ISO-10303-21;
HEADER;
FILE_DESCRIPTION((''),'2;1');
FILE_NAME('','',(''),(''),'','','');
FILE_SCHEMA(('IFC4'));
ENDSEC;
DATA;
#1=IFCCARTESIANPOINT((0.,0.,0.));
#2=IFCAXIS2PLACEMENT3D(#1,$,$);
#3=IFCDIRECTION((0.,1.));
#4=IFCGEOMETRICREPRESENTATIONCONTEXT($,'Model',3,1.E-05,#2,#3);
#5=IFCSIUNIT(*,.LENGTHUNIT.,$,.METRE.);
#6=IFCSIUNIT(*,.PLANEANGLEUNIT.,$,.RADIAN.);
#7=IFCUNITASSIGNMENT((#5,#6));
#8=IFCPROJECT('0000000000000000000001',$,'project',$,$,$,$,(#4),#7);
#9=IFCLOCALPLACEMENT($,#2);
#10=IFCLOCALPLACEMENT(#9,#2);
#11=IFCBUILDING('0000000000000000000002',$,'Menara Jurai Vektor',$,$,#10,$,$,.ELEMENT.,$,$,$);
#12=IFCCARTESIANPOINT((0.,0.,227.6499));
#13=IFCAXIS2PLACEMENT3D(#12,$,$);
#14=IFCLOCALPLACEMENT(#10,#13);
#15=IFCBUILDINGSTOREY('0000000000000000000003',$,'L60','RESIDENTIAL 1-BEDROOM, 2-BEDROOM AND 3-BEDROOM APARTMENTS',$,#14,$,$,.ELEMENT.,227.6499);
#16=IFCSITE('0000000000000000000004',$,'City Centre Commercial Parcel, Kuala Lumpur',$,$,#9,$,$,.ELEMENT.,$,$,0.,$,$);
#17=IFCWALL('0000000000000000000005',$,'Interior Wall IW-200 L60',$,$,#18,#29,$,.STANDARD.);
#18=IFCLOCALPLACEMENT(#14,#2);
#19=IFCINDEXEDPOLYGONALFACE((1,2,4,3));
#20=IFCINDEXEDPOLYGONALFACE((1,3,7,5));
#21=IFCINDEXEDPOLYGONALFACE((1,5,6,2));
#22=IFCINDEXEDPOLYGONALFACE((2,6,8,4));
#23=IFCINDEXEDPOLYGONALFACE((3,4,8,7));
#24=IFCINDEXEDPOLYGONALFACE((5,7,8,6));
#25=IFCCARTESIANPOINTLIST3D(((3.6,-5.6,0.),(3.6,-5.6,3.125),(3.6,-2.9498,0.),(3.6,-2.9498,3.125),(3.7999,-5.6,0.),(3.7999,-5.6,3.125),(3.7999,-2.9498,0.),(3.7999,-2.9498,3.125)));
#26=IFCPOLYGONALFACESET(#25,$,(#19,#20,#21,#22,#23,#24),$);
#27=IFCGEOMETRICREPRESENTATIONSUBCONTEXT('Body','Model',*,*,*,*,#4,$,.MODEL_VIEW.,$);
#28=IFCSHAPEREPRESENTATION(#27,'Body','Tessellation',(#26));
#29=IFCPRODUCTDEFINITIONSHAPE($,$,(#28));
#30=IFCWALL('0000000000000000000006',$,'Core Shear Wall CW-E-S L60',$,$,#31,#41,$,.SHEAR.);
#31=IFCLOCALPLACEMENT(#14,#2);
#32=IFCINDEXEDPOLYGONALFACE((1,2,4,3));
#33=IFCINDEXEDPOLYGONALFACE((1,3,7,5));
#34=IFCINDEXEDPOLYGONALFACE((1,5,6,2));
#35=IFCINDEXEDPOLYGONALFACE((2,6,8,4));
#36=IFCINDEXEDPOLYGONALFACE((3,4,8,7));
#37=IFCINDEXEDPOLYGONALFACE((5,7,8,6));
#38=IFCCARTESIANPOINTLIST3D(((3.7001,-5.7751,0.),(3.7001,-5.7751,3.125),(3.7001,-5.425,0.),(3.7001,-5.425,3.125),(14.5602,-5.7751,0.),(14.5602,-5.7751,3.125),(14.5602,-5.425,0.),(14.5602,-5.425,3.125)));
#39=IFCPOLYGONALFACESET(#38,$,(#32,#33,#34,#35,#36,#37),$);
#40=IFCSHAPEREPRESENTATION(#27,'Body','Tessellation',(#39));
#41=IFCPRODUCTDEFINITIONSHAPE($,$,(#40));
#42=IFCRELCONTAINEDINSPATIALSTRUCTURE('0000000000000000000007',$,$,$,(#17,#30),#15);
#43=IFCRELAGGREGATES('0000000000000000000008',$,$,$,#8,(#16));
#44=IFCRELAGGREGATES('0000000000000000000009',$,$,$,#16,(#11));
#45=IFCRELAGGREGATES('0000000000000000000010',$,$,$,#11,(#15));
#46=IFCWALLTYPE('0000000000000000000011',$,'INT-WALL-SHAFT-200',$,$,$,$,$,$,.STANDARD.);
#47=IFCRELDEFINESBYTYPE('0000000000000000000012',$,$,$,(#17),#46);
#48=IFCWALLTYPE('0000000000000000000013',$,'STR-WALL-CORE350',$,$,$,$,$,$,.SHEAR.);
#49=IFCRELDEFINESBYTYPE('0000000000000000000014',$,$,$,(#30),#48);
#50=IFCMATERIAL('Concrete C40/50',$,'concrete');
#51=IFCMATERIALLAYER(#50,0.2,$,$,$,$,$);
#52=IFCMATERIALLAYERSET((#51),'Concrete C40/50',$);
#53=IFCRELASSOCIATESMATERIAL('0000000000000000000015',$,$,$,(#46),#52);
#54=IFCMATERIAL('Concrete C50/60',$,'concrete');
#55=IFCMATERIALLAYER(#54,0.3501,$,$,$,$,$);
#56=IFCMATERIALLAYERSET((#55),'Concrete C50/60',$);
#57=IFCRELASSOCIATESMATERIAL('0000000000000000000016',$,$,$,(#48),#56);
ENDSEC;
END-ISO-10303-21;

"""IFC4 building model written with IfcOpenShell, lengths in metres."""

from ifc_helpers import new_model, si_unit, direction, frame, frame_2d, origin, place, context, subcontext, project, spatial, rectangle, extrude, material, layer, layer_set, type_object, element, save


model = new_model("IFC4")

# Units and contexts
model_context = context("Model", 3, precision=1e-05, world=origin(), true_north=direction((0.0, 1.0)))
body_context = subcontext(model_context, "Body", "Model", "MODEL_VIEW")
ifc_project = project(units=[si_unit("LENGTHUNIT", "METRE"), si_unit("PLANEANGLEUNIT", "RADIAN")], contexts=[model_context])

# Site, building, storey
site_placement = place(None, origin())
site = spatial("IfcSite", under=ifc_project, at=site_placement, Name="City Centre Commercial Parcel, Kuala Lumpur", CompositionType="ELEMENT", RefElevation=0.0)
building_placement = place(site_placement, origin())
building = spatial("IfcBuilding", under=site, at=building_placement, Name="Menara Jurai Vektor", CompositionType="ELEMENT")
storey_placement = place(building_placement, frame((0.0, 0.0, 227.6499)))
storey = spatial("IfcBuildingStorey", under=building, at=storey_placement, Name="L60", Description="RESIDENTIAL 1-BEDROOM, 2-BEDROOM AND 3-BEDROOM APARTMENTS", CompositionType="ELEMENT", Elevation=227.6499)

# Shared definitions
ifc_material_1 = material(Name="Concrete C50/60", Category="concrete")

# Shared definitions
ifc_material_2 = material(Name="Concrete C40/50", Category="concrete")
ifc_layer_1 = layer(ifc_material_2, 0.2)
ifc_layer_set_1 = layer_set([ifc_layer_1], Name="Concrete C40/50")
wall_type_1 = type_object("IfcWallType", Name="INT-WALL-SHAFT-200", PredefinedType="STANDARD", material=ifc_layer_set_1)

# Wall
wall_1_placement = place(storey_placement, frame((3.7, -5.6001, 0.0), z_axis=(0.0, 0.0, 1.0), x_axis=(0.0, 1.0, 0.0)))
element("IfcWall", 1, at=wall_1_placement, inside=storey, type_object=wall_type_1, Name="Interior Wall IW-200 L60", PredefinedType="STANDARD", context=body_context, shape_type="SweptSolid", body=[
    extrude(rectangle(XDim=2.6501, YDim=0.2, at=frame_2d((1.3252, 0.0))), origin(), (0.0, 0.0, 1.0), 3.125),
])

# Wall
ifc_layer_2 = layer(ifc_material_1, 0.3501)
ifc_layer_set_2 = layer_set([ifc_layer_2], Name="Concrete C50/60")
wall_type_2 = type_object("IfcWallType", Name="STR-WALL-CORE350", PredefinedType="SHEAR", material=ifc_layer_set_2)
wall_2_placement = place(storey_placement, frame((3.7, -5.6001, 0.0), z_axis=(0.0, 0.0, 1.0), x_axis=(1.0, 0.0, 0.0)))
element("IfcWall", 2, at=wall_2_placement, inside=storey, type_object=wall_type_2, Name="Core Shear Wall CW-E-S L60", PredefinedType="SHEAR", context=body_context, shape_type="SweptSolid", body=[
    extrude(rectangle(XDim=10.8601, YDim=0.3501, at=frame_2d((5.4302, 0.0))), origin(), (0.0, 0.0, 1.0), 3.125),
])

save(model, "model.ifc")
